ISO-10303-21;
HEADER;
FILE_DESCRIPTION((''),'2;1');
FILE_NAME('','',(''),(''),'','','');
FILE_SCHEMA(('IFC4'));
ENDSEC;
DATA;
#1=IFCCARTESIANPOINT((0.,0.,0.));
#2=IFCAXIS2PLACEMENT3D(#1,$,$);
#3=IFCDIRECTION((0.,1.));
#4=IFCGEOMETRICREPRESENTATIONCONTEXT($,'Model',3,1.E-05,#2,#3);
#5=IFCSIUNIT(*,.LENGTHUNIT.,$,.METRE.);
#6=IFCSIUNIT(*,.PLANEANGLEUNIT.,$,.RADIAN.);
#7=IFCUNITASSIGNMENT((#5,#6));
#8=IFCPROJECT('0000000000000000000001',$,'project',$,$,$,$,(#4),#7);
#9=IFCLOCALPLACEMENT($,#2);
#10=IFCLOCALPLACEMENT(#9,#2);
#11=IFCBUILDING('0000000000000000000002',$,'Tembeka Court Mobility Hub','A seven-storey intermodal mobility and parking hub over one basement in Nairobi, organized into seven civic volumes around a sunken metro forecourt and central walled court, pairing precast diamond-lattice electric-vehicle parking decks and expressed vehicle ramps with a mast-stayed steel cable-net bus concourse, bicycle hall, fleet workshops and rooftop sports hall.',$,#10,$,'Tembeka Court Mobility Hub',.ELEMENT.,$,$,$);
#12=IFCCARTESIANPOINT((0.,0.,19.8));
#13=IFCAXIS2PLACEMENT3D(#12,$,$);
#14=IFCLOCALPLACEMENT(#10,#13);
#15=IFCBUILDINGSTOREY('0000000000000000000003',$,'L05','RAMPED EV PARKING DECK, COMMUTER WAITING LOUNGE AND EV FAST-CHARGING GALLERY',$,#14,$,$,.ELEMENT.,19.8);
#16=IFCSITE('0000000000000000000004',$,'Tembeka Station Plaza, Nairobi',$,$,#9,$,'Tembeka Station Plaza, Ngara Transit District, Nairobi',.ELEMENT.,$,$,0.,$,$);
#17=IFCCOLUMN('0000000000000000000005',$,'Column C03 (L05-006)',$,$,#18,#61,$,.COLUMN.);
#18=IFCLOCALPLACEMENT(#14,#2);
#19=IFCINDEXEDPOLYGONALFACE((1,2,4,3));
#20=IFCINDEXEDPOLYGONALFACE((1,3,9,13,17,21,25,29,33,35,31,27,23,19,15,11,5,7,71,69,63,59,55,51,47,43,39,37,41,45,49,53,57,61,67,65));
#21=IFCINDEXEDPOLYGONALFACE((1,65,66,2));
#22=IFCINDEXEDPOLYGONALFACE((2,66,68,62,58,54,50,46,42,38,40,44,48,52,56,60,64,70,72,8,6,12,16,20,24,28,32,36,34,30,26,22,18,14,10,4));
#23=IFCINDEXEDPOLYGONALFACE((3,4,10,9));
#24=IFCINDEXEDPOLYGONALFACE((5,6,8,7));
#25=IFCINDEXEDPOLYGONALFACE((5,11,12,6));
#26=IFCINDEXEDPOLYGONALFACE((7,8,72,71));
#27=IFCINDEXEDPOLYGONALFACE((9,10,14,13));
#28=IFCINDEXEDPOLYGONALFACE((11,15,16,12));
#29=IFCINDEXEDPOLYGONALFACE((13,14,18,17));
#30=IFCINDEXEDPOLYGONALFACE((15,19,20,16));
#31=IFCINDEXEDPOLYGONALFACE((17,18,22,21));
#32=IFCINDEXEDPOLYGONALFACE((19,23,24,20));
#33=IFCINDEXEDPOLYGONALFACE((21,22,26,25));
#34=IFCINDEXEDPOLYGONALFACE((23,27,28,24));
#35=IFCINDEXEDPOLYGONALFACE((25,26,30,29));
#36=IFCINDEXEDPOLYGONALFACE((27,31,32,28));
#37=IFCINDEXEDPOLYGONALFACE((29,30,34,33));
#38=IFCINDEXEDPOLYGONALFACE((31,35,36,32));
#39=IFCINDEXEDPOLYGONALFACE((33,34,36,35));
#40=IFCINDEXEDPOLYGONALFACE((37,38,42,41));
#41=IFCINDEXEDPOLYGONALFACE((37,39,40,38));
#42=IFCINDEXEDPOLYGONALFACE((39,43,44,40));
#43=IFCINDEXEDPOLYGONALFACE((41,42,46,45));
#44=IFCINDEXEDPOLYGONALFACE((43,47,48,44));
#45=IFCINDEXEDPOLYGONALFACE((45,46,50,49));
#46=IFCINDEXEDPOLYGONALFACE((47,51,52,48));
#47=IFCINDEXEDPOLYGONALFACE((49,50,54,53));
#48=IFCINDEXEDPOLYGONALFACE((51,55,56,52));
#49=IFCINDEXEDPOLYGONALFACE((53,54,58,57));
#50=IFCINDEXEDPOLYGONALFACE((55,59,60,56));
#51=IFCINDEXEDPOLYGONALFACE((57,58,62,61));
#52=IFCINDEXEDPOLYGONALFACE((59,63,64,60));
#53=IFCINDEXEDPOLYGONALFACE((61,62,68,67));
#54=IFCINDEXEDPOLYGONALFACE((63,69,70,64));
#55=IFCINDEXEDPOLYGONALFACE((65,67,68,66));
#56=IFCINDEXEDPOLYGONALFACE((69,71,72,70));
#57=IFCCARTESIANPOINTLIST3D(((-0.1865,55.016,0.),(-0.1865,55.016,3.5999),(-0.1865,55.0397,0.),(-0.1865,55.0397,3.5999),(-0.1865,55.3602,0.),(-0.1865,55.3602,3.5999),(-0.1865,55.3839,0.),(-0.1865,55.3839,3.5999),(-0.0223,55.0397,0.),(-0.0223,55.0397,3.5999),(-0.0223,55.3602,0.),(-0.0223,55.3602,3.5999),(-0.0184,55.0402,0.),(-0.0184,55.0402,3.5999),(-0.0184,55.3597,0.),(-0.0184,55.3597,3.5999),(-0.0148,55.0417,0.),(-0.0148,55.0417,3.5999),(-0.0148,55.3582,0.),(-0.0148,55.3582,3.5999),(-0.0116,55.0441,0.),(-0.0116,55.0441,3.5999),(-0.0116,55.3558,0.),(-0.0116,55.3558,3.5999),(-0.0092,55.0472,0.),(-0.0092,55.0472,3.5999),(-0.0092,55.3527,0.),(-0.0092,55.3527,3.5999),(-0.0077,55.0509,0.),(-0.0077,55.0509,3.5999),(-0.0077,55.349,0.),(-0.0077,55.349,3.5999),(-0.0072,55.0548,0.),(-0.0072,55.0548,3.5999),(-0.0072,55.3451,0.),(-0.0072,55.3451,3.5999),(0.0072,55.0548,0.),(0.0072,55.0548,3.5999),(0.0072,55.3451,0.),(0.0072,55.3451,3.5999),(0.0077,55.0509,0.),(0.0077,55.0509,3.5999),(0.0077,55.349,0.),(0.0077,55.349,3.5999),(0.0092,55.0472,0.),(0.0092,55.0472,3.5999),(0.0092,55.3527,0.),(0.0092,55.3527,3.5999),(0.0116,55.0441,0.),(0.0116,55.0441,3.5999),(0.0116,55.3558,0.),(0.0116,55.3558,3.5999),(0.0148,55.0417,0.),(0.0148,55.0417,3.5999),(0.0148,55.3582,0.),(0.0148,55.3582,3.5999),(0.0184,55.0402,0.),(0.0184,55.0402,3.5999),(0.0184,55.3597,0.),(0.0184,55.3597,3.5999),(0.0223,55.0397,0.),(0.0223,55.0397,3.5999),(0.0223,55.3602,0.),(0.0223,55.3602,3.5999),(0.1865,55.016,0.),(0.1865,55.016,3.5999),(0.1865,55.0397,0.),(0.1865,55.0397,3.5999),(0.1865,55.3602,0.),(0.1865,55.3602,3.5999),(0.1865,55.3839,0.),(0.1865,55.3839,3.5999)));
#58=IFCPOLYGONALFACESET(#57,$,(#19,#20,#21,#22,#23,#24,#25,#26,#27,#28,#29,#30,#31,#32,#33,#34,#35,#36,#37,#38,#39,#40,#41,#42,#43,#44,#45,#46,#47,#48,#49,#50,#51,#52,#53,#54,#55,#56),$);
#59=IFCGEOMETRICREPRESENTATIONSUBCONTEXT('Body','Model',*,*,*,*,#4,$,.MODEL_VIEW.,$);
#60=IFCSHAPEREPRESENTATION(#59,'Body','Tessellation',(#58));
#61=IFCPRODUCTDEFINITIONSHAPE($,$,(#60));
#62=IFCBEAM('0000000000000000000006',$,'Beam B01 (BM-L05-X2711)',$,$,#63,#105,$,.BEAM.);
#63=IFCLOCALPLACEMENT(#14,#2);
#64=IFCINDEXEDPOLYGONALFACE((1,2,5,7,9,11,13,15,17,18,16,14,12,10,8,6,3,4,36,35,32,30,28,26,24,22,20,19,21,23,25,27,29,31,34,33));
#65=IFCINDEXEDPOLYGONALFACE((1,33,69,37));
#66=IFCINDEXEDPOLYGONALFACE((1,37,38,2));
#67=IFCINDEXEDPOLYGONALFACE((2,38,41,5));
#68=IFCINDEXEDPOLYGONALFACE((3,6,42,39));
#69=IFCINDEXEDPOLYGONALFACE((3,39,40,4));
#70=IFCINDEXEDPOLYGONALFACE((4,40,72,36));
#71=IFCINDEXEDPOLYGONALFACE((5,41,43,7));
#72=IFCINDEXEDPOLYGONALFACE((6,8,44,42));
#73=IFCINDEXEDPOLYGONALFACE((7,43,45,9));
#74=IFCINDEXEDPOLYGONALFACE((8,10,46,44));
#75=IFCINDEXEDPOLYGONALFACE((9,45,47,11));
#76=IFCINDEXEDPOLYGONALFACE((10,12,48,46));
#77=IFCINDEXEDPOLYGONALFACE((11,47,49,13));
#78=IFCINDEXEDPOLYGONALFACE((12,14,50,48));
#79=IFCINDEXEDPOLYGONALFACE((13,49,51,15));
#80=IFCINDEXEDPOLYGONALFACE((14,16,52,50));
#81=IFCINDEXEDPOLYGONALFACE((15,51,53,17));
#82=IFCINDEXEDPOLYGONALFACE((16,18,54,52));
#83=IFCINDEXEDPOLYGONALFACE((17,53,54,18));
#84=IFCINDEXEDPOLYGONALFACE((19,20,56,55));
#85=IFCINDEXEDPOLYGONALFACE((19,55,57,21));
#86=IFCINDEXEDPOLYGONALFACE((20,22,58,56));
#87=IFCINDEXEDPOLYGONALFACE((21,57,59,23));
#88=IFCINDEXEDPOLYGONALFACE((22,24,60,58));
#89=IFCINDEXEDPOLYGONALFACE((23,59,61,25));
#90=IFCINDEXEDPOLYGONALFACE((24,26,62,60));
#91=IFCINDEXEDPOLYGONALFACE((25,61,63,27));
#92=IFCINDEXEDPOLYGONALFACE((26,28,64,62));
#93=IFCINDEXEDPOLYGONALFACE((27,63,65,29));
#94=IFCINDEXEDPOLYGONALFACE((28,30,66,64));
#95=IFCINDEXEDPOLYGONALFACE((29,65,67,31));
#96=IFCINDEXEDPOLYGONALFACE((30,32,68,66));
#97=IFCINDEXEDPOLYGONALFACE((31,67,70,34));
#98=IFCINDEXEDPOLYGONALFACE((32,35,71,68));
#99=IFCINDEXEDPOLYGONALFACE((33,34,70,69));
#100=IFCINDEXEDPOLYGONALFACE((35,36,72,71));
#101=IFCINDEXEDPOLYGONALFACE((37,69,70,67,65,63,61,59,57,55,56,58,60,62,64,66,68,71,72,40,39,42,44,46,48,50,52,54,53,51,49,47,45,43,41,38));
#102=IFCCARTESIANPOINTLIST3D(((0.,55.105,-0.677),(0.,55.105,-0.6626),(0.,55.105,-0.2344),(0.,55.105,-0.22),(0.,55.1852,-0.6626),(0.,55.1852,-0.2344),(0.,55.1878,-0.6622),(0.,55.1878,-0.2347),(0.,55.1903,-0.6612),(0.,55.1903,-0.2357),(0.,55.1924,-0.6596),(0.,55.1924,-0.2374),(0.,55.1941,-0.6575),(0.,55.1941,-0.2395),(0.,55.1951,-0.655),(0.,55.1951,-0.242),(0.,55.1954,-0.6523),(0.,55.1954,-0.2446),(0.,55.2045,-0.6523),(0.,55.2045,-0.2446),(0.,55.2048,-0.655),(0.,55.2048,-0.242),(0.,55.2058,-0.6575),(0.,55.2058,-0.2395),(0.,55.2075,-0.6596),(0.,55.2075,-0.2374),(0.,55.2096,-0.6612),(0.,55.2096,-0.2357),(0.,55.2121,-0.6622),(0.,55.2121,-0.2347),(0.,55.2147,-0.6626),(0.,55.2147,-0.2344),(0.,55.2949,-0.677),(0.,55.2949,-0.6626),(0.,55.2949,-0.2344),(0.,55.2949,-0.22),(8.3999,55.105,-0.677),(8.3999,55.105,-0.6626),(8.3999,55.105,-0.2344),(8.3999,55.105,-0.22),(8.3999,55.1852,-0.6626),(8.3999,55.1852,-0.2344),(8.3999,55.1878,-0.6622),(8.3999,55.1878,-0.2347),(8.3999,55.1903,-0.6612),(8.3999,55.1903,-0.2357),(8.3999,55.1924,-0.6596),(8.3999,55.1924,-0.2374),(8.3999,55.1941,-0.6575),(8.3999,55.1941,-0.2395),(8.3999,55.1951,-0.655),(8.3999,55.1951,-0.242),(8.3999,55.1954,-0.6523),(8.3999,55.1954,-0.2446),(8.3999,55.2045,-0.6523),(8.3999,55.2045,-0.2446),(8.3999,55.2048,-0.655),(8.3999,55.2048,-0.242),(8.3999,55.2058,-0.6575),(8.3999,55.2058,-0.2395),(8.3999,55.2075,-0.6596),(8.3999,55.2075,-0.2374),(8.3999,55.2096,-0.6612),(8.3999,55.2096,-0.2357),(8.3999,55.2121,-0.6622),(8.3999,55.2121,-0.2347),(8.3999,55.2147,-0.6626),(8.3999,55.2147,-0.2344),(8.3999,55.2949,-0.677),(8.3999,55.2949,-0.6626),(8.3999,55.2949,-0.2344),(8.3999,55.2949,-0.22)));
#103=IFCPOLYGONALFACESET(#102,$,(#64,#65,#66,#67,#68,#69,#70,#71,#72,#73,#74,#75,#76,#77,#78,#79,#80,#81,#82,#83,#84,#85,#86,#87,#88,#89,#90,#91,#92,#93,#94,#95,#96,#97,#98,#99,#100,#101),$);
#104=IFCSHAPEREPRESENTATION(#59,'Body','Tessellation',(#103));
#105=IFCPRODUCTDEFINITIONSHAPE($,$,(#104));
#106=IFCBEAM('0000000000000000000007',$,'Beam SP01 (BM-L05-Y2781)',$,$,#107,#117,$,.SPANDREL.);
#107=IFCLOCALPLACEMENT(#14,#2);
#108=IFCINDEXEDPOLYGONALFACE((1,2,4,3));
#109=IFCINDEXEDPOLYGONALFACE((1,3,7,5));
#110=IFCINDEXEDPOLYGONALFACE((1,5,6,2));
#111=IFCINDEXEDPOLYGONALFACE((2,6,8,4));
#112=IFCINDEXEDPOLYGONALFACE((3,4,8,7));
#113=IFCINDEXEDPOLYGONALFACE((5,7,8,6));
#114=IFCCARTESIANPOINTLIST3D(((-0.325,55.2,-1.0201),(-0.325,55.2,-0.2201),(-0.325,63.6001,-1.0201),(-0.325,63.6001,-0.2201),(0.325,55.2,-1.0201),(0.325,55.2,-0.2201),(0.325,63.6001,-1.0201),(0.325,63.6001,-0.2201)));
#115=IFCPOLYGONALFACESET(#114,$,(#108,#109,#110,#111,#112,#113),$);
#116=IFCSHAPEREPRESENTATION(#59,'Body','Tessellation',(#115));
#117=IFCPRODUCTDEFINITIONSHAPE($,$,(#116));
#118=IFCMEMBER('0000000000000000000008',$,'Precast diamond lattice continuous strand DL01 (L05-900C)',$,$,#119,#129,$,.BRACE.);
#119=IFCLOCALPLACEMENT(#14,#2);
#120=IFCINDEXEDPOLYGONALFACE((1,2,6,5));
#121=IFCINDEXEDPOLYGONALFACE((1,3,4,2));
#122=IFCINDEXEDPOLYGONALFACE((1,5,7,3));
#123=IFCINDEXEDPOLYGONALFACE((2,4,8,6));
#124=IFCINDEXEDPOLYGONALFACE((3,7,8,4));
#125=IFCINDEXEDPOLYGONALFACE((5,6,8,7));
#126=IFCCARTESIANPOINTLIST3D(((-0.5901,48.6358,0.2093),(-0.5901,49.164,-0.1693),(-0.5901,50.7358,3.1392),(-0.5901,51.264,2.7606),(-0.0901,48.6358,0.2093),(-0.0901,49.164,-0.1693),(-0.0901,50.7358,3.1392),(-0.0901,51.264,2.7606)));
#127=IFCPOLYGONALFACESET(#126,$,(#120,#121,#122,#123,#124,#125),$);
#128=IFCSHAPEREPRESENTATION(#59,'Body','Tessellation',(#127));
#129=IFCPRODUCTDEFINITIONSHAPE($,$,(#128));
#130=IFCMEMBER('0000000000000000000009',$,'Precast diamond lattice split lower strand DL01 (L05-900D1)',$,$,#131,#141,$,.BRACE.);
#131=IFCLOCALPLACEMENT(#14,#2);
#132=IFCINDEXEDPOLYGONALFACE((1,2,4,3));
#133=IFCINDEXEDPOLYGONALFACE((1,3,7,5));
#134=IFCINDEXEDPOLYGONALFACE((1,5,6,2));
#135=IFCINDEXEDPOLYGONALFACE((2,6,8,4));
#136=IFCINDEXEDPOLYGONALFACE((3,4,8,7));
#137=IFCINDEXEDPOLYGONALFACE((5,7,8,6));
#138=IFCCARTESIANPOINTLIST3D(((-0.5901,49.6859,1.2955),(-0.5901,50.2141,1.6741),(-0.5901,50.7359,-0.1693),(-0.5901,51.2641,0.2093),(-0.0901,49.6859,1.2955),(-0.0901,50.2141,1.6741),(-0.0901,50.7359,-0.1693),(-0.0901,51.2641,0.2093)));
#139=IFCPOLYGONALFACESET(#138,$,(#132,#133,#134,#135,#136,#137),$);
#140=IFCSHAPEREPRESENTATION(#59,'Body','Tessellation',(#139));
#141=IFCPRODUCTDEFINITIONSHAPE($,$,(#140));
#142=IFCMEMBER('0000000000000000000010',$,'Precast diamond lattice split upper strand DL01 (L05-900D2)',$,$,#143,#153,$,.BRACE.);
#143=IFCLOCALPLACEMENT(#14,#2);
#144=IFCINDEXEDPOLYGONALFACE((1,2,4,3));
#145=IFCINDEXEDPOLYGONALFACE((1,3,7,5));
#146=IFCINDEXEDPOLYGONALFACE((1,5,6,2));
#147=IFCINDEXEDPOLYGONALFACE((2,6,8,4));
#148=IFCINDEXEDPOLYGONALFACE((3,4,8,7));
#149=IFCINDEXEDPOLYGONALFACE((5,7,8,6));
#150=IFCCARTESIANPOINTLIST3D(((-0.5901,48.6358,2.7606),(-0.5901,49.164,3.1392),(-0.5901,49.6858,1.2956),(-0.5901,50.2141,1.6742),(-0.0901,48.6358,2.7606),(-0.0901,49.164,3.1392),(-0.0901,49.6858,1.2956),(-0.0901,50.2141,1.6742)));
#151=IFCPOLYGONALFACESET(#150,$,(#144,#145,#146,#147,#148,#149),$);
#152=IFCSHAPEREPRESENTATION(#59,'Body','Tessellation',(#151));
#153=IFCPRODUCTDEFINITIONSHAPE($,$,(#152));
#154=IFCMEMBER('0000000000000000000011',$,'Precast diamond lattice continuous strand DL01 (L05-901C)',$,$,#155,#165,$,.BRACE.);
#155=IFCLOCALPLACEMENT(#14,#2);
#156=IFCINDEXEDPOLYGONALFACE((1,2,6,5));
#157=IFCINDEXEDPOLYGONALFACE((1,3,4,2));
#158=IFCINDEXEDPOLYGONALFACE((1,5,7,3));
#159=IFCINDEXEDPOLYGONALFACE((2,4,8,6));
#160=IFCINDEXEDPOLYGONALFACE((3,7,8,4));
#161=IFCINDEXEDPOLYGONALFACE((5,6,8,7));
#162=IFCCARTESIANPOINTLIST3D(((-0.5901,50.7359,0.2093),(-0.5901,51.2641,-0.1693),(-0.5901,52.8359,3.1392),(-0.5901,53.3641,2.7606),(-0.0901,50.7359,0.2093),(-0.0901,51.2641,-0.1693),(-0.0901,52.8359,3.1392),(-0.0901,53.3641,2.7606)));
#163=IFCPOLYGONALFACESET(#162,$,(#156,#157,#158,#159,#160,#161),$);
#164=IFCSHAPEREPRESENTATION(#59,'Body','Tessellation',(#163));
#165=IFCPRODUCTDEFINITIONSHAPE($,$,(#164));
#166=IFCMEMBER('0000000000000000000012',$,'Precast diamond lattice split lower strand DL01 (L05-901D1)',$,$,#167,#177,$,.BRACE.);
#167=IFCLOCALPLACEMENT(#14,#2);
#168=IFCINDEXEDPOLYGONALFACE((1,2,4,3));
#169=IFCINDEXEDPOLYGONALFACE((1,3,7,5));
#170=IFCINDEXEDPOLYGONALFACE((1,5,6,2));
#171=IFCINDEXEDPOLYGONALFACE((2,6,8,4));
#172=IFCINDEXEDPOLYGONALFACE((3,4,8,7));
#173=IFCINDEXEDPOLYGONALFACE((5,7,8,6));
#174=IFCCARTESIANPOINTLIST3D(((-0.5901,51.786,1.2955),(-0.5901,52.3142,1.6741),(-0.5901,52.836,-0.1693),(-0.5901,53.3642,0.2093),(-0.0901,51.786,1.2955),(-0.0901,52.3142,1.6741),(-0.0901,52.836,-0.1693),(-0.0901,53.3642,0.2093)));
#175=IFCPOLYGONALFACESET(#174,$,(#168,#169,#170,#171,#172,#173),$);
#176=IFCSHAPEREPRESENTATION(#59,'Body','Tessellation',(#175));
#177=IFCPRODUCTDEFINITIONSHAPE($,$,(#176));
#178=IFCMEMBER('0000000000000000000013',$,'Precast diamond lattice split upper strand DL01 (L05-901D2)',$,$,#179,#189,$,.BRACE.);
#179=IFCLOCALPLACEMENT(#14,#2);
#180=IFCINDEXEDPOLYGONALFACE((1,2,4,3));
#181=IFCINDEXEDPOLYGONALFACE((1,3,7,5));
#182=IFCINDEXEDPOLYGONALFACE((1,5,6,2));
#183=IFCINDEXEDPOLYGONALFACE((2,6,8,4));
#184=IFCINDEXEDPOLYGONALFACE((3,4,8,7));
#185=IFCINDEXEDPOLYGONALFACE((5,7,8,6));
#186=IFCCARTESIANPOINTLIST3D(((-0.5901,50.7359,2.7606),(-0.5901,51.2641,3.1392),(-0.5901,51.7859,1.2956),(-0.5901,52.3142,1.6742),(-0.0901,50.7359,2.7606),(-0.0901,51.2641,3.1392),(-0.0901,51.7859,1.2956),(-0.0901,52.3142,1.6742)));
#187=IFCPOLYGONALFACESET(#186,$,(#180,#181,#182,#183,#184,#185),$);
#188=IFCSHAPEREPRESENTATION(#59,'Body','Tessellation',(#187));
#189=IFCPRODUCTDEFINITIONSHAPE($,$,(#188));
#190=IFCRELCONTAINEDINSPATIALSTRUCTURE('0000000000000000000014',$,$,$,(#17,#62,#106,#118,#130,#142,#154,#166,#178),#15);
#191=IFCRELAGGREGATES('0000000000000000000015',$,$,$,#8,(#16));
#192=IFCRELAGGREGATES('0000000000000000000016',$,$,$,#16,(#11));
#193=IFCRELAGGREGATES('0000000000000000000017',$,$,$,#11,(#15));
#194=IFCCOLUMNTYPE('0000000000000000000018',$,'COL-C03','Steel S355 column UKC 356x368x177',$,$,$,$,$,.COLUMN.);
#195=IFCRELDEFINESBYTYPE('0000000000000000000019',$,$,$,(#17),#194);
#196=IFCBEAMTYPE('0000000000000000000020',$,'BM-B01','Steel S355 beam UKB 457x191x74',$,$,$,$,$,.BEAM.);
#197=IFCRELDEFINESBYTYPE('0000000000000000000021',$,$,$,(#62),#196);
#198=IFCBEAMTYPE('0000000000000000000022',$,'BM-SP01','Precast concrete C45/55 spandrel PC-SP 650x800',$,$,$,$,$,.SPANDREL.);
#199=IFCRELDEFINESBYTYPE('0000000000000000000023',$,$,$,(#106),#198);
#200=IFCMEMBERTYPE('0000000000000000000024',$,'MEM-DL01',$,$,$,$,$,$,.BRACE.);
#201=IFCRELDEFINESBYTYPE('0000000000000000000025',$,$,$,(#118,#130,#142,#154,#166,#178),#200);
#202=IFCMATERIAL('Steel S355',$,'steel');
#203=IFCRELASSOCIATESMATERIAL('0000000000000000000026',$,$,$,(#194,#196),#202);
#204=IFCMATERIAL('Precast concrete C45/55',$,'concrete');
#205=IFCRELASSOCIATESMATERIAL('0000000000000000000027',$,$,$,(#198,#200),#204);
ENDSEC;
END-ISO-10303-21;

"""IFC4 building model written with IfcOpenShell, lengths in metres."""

from ifc_helpers import new_model, si_unit, direction, frame, origin, origin_2d, place, context, subcontext, project, spatial, rectangle, i_section, extrude, material, material_profile, profile_set, type_object, element, save


model = new_model("IFC4")

# Units and contexts
model_context = context("Model", 3, precision=1e-05, world=origin(), true_north=direction((0.0, 1.0)))
body_context = subcontext(model_context, "Body", "Model", "MODEL_VIEW")
ifc_project = project(units=[si_unit("LENGTHUNIT", "METRE"), si_unit("PLANEANGLEUNIT", "RADIAN")], contexts=[model_context])

# Site, building, storey
site_placement = place(None, origin())
site = spatial("IfcSite", under=ifc_project, at=site_placement, Name="Tembeka Station Plaza, Nairobi", LongName="Tembeka Station Plaza, Ngara Transit District, Nairobi", CompositionType="ELEMENT", RefElevation=0.0)
building_placement = place(site_placement, origin())
building = spatial("IfcBuilding", under=site, at=building_placement, Name="Tembeka Court Mobility Hub", Description="A seven-storey intermodal mobility and parking hub over one basement in Nairobi, organized into seven civic volumes around a sunken metro forecourt and central walled court, pairing precast diamond-lattice electric-vehicle parking decks and expressed vehicle ramps with a mast-stayed steel cable-net bus concourse, bicycle hall, fleet workshops and rooftop sports hall.", LongName="Tembeka Court Mobility Hub", CompositionType="ELEMENT")
storey_placement = place(building_placement, frame((0.0, 0.0, 19.8)))
storey = spatial("IfcBuildingStorey", under=building, at=storey_placement, Name="L05", Description="RAMPED EV PARKING DECK, COMMUTER WAITING LOUNGE AND EV FAST-CHARGING GALLERY", CompositionType="ELEMENT", Elevation=19.8)

# Column
ifc_material_1 = material(Name="Steel S355", Category="steel")
ifc_material_profile_1 = material_profile(ifc_material_1, i_section(OverallWidth=0.373, OverallDepth=0.3679, WebThickness=0.0144, FlangeThickness=0.0237, FilletRadius=0.0151, at=origin_2d()), Name="UKC 356x368x177")
ifc_profile_set_1 = profile_set([ifc_material_profile_1], Name="Steel S355")
column_type = type_object("IfcColumnType", Name="COL-C03", Description="Steel S355 column UKC 356x368x177", PredefinedType="COLUMN", material=ifc_profile_set_1)
column_placement = place(storey_placement, frame((0.0, 55.2, 0.0), z_axis=(0.0, 0.0, 1.0), x_axis=(1.0, 0.0, 0.0)))
element("IfcColumn", 1, at=column_placement, inside=storey, type_object=column_type, Name="Column C03 (L05-006)", PredefinedType="COLUMN", context=body_context, shape_type="SweptSolid", body=[
    extrude(i_section(OverallWidth=0.373, OverallDepth=0.3679, WebThickness=0.0144, FlangeThickness=0.0237, FilletRadius=0.0151, at=origin_2d()), origin(), (0.0, 0.0, 1.0), 3.5999),
])

# Beams
ifc_material_profile_2 = material_profile(ifc_material_1, i_section(OverallWidth=0.1899, OverallDepth=0.457, WebThickness=0.009, FlangeThickness=0.0144, FilletRadius=0.0103, at=origin_2d()), Name="UKB 457x191x74")
ifc_profile_set_2 = profile_set([ifc_material_profile_2], Name="Steel S355")
beam_type_1 = type_object("IfcBeamType", Name="BM-B01", Description="Steel S355 beam UKB 457x191x74", PredefinedType="BEAM", material=ifc_profile_set_2)
beam_1_placement = place(storey_placement, frame((0.0, 55.2, -0.4485), z_axis=(1.0, 0.0, 0.0), x_axis=(0.0, 1.0, 0.0)))
element("IfcBeam", 2, at=beam_1_placement, inside=storey, type_object=beam_type_1, Name="Beam B01 (BM-L05-X2711)", PredefinedType="BEAM", context=body_context, shape_type="SweptSolid", body=[
    extrude(i_section(OverallWidth=0.1899, OverallDepth=0.457, WebThickness=0.009, FlangeThickness=0.0144, FilletRadius=0.0103, at=origin_2d()), origin(), (0.0, 0.0, 1.0), 8.3999),
])
ifc_material_2 = material(Name="Precast concrete C45/55", Category="concrete")
ifc_material_profile_3 = material_profile(ifc_material_2, rectangle(XDim=0.6499, YDim=0.8, at=origin_2d()), Name="PC-SP 650x800")
ifc_profile_set_3 = profile_set([ifc_material_profile_3], Name="Precast concrete C45/55")
beam_type_2 = type_object("IfcBeamType", Name="BM-SP01", Description="Precast concrete C45/55 spandrel PC-SP 650x800", PredefinedType="SPANDREL", material=ifc_profile_set_3)
beam_2_placement = place(storey_placement, frame((0.0, 55.2, -0.6201), z_axis=(0.0, 1.0, 0.0), x_axis=(-1.0, 0.0, 0.0)))
element("IfcBeam", 3, at=beam_2_placement, inside=storey, type_object=beam_type_2, Name="Beam SP01 (BM-L05-Y2781)", PredefinedType="SPANDREL", context=body_context, shape_type="SweptSolid", body=[
    extrude(rectangle(XDim=0.6499, YDim=0.8, at=origin_2d()), origin(), (0.0, 0.0, 1.0), 8.4001),
])

# Members
ifc_material_profile_4 = material_profile(ifc_material_2, rectangle(XDim=0.5, YDim=0.6499, at=origin_2d()), Name="PC-DIAG 500x650")
ifc_profile_set_4 = profile_set([ifc_material_profile_4], Name="Precast concrete C45/55")
member_type_1 = type_object("IfcMemberType", Name="MEM-DL01", PredefinedType="BRACE", material=ifc_profile_set_4)
member_1_placement = place(storey_placement, frame((-0.3401, 48.8999, 0.02), z_axis=(0.0, 0.582576, 0.812776), x_axis=(-1.0, 0.0, 0.0)))
element("IfcMember", 4, at=member_1_placement, inside=storey, type_object=member_type_1, Name="Precast diamond lattice continuous strand DL01 (L05-900C)", PredefinedType="BRACE", context=body_context, shape_type="SweptSolid", body=[
    extrude(rectangle(XDim=0.5, YDim=0.6499, at=origin_2d()), origin(), (0.0, 0.0, 1.0), 3.6047),
])
member_2_placement = place(storey_placement, frame((-0.3401, 51.0, 0.02), z_axis=(0.0, -0.582608, 0.812753), x_axis=(1.0, 0.0, 0.0)))
element("IfcMember", 5, at=member_2_placement, inside=storey, type_object=member_type_1, Name="Precast diamond lattice split lower strand DL01 (L05-900D1)", PredefinedType="BRACE", context=body_context, shape_type="SweptSolid", body=[
    extrude(rectangle(XDim=0.5, YDim=0.6499, at=origin_2d()), origin(), (0.0, 0.0, 1.0), 1.8022),
])
member_3_placement = place(storey_placement, frame((-0.3401, 49.95, 1.4849), z_axis=(0.0, -0.582544, 0.812799), x_axis=(1.0, 0.0, 0.0)))
element("IfcMember", 6, at=member_3_placement, inside=storey, type_object=member_type_1, Name="Precast diamond lattice split upper strand DL01 (L05-900D2)", PredefinedType="BRACE", context=body_context, shape_type="SweptSolid", body=[
    extrude(rectangle(XDim=0.5, YDim=0.6499, at=origin_2d()), origin(), (0.0, 0.0, 1.0), 1.8025),
])
member_4_placement = place(storey_placement, frame((-0.3401, 51.0, 0.02), z_axis=(0.0, 0.582576, 0.812776), x_axis=(-1.0, 0.0, 0.0)))
element("IfcMember", 7, at=member_4_placement, inside=storey, type_object=member_type_1, Name="Precast diamond lattice continuous strand DL01 (L05-901C)", PredefinedType="BRACE", context=body_context, shape_type="SweptSolid", body=[
    extrude(rectangle(XDim=0.5, YDim=0.6499, at=origin_2d()), origin(), (0.0, 0.0, 1.0), 3.6047),
])
member_5_placement = place(storey_placement, frame((-0.3401, 53.1001, 0.02), z_axis=(0.0, -0.582608, 0.812753), x_axis=(1.0, 0.0, 0.0)))
element("IfcMember", 8, at=member_5_placement, inside=storey, type_object=member_type_1, Name="Precast diamond lattice split lower strand DL01 (L05-901D1)", PredefinedType="BRACE", context=body_context, shape_type="SweptSolid", body=[
    extrude(rectangle(XDim=0.5, YDim=0.6499, at=origin_2d()), origin(), (0.0, 0.0, 1.0), 1.8022),
])
member_6_placement = place(storey_placement, frame((-0.3401, 52.05, 1.4849), z_axis=(0.0, -0.582544, 0.812799), x_axis=(1.0, 0.0, 0.0)))
element("IfcMember", 9, at=member_6_placement, inside=storey, type_object=member_type_1, Name="Precast diamond lattice split upper strand DL01 (L05-901D2)", PredefinedType="BRACE", context=body_context, shape_type="SweptSolid", body=[
    extrude(rectangle(XDim=0.5, YDim=0.6499, at=origin_2d()), origin(), (0.0, 0.0, 1.0), 1.8025),
])

save(model, "model.ifc")
